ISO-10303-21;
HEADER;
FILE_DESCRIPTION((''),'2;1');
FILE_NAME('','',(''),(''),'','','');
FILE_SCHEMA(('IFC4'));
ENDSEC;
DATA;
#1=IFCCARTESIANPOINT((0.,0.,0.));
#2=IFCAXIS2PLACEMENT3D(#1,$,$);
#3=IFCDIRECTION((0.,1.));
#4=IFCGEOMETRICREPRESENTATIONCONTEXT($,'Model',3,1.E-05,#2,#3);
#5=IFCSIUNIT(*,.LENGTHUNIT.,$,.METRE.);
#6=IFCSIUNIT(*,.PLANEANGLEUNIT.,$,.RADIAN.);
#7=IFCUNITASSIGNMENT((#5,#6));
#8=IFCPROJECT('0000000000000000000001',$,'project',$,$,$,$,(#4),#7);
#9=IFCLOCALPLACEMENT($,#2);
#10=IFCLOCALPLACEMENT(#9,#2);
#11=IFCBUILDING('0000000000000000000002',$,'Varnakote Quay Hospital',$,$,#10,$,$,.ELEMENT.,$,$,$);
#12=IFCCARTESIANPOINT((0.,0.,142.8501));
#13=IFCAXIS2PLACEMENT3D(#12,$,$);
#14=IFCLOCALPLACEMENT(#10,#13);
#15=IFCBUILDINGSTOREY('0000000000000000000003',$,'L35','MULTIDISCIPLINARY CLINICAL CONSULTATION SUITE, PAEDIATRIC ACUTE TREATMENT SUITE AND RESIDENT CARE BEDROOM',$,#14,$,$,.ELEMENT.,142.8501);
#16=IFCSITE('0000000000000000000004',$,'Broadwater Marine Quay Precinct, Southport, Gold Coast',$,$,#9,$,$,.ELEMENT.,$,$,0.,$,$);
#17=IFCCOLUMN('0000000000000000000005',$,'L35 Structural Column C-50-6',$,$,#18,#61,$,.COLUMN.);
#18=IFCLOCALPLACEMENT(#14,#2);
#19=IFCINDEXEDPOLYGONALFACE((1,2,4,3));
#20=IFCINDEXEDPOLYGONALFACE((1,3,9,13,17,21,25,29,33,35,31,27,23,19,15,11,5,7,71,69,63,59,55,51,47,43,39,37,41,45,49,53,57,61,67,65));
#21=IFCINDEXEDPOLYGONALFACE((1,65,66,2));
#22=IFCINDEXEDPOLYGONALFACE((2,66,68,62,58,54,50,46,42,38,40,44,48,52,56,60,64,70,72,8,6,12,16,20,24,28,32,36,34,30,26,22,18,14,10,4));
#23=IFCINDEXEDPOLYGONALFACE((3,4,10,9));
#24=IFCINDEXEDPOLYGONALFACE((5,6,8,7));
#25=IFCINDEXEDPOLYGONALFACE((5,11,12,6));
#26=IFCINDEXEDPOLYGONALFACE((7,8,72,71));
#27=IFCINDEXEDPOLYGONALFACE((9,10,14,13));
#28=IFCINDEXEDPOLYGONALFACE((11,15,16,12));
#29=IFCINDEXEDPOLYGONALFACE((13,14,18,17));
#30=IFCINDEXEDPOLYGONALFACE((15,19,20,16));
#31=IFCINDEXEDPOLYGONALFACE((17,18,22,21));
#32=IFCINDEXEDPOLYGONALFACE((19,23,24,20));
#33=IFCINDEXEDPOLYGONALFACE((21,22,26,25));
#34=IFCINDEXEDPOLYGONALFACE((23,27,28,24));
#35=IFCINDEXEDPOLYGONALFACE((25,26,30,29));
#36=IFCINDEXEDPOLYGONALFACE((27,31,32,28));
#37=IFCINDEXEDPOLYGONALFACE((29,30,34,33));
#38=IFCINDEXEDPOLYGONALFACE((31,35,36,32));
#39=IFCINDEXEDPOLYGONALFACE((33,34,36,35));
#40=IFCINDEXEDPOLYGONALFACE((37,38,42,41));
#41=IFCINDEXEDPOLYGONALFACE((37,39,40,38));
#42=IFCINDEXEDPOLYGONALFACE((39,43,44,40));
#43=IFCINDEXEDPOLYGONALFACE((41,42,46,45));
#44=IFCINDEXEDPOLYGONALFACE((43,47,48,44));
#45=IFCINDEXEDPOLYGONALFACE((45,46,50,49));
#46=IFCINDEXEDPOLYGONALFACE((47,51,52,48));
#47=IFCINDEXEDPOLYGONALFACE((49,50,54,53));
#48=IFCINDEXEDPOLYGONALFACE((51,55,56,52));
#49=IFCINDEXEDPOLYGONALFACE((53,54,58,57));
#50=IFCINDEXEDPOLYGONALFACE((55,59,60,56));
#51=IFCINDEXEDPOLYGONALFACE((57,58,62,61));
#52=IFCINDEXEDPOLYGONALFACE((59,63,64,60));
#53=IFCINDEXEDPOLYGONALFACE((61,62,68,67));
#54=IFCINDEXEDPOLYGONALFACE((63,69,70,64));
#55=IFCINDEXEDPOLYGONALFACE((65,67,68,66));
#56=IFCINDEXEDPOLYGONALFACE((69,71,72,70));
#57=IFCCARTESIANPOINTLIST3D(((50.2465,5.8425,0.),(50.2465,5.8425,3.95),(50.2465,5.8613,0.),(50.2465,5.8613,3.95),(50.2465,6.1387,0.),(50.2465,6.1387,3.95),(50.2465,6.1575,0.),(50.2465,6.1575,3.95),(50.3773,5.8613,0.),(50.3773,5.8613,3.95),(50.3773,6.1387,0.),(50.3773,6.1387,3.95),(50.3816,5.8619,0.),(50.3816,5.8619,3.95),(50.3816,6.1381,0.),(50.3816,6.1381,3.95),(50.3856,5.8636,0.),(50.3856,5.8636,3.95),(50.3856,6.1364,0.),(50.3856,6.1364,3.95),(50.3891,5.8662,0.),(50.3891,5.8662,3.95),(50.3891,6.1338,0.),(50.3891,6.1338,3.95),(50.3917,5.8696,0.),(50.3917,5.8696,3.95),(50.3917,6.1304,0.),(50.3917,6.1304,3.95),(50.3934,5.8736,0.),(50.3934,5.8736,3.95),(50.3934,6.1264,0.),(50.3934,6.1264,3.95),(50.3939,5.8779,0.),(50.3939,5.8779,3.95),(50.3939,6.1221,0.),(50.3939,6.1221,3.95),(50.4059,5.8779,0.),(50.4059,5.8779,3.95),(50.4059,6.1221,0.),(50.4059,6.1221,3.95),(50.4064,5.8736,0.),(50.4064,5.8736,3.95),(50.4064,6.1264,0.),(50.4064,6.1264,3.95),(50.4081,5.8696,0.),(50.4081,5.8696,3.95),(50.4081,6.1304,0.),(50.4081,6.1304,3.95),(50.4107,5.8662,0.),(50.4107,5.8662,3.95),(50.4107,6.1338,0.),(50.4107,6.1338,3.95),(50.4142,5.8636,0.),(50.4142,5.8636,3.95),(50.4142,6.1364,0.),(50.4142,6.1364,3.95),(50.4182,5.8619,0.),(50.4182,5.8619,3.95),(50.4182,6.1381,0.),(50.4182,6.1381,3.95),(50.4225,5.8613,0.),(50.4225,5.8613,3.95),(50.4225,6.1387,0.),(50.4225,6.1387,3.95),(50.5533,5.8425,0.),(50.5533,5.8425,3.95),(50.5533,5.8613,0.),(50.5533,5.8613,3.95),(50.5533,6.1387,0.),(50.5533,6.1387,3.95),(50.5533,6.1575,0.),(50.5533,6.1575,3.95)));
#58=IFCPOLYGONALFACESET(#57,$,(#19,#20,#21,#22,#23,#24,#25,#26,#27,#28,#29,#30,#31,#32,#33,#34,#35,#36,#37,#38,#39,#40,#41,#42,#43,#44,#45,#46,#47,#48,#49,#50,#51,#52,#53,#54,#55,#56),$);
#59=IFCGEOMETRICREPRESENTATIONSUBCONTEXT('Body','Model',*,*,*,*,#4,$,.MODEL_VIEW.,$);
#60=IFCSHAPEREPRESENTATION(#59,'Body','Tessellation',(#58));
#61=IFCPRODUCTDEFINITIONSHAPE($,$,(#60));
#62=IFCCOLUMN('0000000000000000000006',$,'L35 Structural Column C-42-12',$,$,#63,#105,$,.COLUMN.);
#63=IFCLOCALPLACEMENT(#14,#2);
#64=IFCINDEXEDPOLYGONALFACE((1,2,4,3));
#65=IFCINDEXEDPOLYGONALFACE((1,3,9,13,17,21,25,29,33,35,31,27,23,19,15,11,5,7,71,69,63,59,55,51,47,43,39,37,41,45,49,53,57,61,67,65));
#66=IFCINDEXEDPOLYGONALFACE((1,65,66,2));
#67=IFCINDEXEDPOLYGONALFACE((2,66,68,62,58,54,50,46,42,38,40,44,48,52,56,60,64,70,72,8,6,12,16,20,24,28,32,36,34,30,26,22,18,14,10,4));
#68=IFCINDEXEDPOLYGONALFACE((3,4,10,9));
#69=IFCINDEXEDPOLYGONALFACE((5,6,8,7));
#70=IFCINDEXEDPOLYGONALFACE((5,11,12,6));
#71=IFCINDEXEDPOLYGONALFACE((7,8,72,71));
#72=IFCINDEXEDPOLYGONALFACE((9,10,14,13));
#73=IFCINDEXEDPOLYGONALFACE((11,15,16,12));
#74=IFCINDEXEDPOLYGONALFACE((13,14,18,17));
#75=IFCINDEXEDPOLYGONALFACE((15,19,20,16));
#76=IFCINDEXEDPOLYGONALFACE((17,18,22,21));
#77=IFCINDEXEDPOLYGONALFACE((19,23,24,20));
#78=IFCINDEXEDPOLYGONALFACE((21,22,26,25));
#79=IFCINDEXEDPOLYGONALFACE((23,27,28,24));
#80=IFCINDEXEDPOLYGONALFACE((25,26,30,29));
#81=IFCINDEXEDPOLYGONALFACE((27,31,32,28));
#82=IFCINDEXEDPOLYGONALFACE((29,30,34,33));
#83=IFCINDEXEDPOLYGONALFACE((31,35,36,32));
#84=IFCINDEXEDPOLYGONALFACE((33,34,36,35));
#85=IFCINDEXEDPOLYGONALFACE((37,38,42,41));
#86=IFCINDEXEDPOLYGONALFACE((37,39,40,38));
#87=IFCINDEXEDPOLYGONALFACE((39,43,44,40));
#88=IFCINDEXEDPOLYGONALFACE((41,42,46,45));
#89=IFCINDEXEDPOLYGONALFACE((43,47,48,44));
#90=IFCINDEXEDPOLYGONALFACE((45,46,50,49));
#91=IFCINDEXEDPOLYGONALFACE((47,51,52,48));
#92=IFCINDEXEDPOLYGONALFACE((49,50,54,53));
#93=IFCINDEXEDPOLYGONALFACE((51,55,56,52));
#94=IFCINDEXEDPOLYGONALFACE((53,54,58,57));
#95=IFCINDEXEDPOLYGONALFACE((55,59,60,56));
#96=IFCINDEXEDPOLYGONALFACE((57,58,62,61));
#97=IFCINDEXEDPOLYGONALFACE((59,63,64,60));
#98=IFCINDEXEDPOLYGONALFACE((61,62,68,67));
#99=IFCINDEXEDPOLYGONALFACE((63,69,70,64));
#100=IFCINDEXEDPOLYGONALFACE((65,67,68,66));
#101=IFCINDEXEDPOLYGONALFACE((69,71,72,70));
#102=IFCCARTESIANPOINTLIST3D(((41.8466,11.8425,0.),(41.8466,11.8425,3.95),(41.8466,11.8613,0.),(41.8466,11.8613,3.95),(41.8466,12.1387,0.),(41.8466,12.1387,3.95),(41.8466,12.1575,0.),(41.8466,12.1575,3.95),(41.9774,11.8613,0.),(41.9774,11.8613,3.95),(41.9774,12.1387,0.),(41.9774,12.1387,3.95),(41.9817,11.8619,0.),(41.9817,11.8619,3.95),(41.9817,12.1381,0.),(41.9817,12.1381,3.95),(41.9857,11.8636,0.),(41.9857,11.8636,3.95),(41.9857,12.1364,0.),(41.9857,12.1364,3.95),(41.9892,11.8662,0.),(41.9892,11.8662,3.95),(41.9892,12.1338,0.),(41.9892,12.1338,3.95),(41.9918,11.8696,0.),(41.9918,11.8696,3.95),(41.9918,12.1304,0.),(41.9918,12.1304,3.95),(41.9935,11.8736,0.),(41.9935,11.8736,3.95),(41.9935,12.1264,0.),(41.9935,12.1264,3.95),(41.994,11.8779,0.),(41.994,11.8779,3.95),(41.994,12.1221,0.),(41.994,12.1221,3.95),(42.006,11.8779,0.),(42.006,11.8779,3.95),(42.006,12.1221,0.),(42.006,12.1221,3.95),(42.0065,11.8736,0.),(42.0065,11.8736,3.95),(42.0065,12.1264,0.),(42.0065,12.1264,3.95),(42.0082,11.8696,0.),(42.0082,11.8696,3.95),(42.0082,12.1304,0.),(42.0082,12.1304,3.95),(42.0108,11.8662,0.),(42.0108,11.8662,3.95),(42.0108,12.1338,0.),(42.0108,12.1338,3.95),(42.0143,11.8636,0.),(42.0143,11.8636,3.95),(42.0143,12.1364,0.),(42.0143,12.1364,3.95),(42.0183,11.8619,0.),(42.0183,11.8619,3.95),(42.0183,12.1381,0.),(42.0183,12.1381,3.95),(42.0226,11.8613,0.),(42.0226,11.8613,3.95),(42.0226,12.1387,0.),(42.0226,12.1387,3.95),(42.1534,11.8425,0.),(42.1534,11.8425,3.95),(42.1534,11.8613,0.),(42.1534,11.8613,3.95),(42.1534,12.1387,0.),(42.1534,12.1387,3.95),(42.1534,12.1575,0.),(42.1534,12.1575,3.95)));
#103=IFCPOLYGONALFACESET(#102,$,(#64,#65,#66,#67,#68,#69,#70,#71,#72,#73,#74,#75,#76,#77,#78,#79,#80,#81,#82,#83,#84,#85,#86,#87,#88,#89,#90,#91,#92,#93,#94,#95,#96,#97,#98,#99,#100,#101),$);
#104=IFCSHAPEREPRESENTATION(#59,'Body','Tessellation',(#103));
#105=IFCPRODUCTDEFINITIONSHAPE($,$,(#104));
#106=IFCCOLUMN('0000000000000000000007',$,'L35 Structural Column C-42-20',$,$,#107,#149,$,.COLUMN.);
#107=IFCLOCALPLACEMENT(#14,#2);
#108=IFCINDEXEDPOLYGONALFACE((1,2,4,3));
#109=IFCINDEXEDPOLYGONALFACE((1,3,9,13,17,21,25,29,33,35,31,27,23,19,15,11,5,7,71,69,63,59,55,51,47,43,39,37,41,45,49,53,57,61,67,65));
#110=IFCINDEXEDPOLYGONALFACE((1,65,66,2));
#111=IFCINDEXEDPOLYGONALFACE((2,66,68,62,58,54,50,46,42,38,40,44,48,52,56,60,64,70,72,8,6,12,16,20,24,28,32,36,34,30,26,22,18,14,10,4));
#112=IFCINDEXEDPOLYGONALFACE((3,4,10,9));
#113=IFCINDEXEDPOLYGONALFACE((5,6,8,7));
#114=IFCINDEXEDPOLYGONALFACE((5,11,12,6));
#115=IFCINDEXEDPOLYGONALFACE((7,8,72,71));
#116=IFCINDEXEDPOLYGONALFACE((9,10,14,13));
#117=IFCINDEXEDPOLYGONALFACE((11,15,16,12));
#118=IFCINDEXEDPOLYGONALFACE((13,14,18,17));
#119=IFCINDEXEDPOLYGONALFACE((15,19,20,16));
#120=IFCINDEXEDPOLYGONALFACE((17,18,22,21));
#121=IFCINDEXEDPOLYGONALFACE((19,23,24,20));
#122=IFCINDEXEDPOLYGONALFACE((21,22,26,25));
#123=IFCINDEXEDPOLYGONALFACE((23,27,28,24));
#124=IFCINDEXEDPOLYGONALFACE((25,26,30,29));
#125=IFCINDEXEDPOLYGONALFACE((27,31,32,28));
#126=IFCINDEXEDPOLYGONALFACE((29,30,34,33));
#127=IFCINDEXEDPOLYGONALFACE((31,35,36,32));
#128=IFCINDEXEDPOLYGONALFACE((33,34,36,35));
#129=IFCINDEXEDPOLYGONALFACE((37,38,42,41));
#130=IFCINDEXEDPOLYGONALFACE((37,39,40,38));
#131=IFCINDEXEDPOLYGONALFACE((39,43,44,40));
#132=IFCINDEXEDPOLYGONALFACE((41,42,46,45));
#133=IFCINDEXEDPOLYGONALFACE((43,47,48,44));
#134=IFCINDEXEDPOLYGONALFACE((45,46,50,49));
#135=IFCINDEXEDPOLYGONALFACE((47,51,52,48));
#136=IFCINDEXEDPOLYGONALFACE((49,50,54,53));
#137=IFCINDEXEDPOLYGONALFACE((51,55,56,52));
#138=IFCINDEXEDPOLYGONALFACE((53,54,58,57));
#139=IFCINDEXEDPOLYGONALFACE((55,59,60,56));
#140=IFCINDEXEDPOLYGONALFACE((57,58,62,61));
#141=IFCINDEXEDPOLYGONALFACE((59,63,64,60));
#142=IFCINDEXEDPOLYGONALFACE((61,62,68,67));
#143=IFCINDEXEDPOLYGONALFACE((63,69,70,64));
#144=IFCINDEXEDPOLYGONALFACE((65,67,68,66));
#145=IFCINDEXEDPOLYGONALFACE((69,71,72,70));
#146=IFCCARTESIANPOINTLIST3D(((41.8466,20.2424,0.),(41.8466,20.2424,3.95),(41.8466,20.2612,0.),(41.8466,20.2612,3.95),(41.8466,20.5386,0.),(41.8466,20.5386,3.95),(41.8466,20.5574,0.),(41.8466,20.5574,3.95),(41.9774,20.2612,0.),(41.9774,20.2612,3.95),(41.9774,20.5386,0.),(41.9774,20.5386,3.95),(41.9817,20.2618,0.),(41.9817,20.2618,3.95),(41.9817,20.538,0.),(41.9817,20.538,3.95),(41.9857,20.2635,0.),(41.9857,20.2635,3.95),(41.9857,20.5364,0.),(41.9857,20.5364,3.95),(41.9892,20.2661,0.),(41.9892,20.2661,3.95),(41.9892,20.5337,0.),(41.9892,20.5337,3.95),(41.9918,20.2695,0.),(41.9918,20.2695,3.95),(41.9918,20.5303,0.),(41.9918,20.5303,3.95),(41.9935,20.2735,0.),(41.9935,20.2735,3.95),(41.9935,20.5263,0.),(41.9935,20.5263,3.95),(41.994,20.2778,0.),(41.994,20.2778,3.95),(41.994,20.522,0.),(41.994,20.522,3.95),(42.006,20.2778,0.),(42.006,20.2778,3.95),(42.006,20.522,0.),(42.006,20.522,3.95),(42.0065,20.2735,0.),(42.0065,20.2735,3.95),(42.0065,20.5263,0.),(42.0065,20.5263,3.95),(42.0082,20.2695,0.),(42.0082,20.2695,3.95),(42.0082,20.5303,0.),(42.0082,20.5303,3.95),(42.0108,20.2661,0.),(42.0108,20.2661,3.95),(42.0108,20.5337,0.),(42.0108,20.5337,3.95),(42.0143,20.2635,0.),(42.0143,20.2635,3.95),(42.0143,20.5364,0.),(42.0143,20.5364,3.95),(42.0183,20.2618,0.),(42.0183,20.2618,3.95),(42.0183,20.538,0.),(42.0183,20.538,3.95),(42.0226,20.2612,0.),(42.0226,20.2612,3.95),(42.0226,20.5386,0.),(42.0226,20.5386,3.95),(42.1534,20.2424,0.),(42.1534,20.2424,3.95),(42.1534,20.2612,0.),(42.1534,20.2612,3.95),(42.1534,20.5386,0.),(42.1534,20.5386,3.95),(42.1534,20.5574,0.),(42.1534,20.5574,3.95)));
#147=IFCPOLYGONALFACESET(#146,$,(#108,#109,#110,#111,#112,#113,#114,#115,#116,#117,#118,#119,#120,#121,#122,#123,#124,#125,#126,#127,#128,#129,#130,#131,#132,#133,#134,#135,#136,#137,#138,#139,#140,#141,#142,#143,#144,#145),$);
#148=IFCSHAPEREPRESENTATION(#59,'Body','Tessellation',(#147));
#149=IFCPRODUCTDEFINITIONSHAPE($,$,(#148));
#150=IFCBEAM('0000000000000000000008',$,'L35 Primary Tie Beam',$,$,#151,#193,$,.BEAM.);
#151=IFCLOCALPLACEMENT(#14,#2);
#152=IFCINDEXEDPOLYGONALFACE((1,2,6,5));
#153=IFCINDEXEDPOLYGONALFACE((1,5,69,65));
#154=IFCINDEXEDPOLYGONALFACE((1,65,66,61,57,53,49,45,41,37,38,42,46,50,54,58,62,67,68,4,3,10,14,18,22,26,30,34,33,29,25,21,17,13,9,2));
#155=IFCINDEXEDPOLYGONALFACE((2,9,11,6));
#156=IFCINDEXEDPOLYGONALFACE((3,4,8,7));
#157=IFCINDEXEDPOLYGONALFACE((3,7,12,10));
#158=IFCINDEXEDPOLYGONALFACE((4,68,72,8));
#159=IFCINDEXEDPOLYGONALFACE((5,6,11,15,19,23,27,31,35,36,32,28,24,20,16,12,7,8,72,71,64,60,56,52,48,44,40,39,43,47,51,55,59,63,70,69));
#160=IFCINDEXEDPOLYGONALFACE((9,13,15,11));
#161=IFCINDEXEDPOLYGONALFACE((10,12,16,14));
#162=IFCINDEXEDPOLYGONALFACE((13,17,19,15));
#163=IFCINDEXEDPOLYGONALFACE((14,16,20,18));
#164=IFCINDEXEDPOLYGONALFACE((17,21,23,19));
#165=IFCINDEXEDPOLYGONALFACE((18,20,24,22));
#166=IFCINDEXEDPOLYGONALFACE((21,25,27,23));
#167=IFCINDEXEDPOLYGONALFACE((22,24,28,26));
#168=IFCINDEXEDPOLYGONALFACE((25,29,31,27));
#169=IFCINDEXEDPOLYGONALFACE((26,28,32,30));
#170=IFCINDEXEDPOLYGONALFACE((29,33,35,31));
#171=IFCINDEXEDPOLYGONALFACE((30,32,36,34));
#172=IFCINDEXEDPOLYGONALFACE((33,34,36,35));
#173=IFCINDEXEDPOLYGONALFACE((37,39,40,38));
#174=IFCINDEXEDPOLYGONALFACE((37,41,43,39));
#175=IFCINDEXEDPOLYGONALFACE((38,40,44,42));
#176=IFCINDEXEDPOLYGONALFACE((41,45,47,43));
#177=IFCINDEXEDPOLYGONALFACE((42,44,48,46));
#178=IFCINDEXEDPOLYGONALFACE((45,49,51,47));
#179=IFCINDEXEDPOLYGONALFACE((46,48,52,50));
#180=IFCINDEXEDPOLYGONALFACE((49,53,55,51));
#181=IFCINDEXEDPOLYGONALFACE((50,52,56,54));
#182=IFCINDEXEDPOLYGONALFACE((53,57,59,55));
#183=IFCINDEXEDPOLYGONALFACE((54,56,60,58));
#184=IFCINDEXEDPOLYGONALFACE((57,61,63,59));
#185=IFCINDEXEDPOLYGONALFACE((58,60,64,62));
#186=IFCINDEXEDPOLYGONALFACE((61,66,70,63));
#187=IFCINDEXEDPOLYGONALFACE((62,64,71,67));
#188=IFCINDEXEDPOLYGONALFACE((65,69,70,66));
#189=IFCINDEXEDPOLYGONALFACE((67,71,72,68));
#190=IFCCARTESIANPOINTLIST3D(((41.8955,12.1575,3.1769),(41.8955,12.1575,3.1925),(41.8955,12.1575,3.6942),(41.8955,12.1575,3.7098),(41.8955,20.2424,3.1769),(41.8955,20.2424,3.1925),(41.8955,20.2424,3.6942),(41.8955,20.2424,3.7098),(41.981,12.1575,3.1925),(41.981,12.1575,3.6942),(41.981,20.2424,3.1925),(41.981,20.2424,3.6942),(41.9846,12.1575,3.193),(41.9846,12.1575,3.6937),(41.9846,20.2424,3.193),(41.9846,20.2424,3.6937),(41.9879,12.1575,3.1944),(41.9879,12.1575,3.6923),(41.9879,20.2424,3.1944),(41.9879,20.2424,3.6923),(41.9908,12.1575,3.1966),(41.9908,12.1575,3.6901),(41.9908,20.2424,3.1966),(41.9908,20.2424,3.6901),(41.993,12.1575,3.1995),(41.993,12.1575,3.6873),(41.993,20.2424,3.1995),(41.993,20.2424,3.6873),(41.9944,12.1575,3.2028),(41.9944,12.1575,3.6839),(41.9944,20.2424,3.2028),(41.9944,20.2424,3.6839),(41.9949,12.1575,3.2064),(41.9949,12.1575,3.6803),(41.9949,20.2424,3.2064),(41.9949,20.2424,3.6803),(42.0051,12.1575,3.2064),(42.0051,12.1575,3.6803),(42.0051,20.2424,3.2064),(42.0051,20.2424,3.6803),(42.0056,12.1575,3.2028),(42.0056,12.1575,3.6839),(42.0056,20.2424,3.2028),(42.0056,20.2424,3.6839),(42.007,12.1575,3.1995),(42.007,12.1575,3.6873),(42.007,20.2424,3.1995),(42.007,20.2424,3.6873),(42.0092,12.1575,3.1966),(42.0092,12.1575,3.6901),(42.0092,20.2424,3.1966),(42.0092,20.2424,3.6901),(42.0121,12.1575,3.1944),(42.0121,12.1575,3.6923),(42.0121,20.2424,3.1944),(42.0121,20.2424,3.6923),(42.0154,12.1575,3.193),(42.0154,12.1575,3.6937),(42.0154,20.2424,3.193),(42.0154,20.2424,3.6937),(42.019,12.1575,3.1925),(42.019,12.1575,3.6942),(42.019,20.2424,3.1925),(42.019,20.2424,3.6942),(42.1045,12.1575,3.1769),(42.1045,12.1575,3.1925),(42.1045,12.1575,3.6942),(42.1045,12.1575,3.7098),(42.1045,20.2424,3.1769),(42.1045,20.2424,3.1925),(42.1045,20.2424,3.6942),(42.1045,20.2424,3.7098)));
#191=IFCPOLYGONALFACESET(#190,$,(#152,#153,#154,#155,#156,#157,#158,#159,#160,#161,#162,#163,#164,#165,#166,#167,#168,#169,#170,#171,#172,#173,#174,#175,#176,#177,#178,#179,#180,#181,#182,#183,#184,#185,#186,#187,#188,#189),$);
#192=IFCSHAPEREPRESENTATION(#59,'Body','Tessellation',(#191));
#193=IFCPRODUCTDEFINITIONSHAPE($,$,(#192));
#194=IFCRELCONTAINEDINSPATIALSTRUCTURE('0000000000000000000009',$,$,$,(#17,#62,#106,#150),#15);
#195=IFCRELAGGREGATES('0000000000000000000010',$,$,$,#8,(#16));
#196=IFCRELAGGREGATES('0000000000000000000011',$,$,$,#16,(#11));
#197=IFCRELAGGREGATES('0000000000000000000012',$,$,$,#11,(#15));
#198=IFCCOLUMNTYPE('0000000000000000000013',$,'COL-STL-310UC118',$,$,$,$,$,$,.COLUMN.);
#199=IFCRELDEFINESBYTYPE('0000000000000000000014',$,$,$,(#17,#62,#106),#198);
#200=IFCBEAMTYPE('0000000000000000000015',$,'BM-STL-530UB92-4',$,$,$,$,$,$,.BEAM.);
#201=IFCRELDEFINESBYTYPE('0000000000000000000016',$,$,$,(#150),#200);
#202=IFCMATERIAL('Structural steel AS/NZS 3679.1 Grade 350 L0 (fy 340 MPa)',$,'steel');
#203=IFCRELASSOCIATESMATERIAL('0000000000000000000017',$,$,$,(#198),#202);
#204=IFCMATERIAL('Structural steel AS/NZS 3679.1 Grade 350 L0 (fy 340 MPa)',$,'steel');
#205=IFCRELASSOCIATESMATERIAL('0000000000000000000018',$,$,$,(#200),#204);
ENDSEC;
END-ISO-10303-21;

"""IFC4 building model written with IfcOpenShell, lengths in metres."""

from ifc_helpers import new_model, si_unit, direction, frame, origin, origin_2d, place, context, subcontext, project, spatial, i_section, extrude, material, material_profile, profile_set, type_object, element, save


model = new_model("IFC4")

# Units and contexts
model_context = context("Model", 3, precision=1e-05, world=origin(), true_north=direction((0.0, 1.0)))
body_context = subcontext(model_context, "Body", "Model", "MODEL_VIEW")
ifc_project = project(units=[si_unit("LENGTHUNIT", "METRE"), si_unit("PLANEANGLEUNIT", "RADIAN")], contexts=[model_context])

# Site, building, storey
site_placement = place(None, origin())
site = spatial("IfcSite", under=ifc_project, at=site_placement, Name="Broadwater Marine Quay Precinct, Southport, Gold Coast", CompositionType="ELEMENT", RefElevation=0.0)
building_placement = place(site_placement, origin())
building = spatial("IfcBuilding", under=site, at=building_placement, Name="Varnakote Quay Hospital", CompositionType="ELEMENT")
storey_placement = place(building_placement, frame((0.0, 0.0, 142.8501)))
storey = spatial("IfcBuildingStorey", under=building, at=storey_placement, Name="L35", Description="MULTIDISCIPLINARY CLINICAL CONSULTATION SUITE, PAEDIATRIC ACUTE TREATMENT SUITE AND RESIDENT CARE BEDROOM", CompositionType="ELEMENT", Elevation=142.8501)

# Columns
ifc_material_1 = material(Name="Structural steel AS/NZS 3679.1 Grade 350 L0 (fy 340 MPa)", Category="steel")
ifc_material_profile_1 = material_profile(ifc_material_1, i_section(OverallWidth=0.3069, OverallDepth=0.3149, WebThickness=0.012, FlangeThickness=0.0188, FilletRadius=0.0166, at=origin_2d()), Name="310UC118")
ifc_profile_set_1 = profile_set([ifc_material_profile_1], Name="Structural steel AS/NZS 3679.1 Grade 350 L0 (fy 340 MPa)")
column_type = type_object("IfcColumnType", Name="COL-STL-310UC118", PredefinedType="COLUMN", material=ifc_profile_set_1)
for number, where, z_axis, x_axis, name in (
    (1, (50.3999, 6.0, 0.0), (0.0, 0.0, 1.0), (1.0, 0.0, 0.0), "L35 Structural Column C-50-6"),
    (2, (42.0, 12.0, 0.0), (0.0, 0.0, 1.0), (1.0, 0.0, 0.0), "L35 Structural Column C-42-12"),
    (3, (42.0, 20.3999, 0.0), (0.0, 0.0, 1.0), (1.0, 0.0, 0.0), "L35 Structural Column C-42-20"),
):
    element("IfcColumn", number, at=place(storey_placement, frame(where, z_axis=z_axis, x_axis=x_axis)), inside=storey, type_object=column_type, Name=name, PredefinedType="COLUMN", context=body_context, shape_type="SweptSolid", body=[
        extrude(i_section(OverallWidth=0.3069, OverallDepth=0.3149, WebThickness=0.012, FlangeThickness=0.0188, FilletRadius=0.0166, at=origin_2d()), origin(), (0.0, 0.0, 1.0), 3.95),
    ])

# Beam
ifc_material_2 = material(Name="Structural steel AS/NZS 3679.1 Grade 350 L0 (fy 340 MPa)", Category="steel")
ifc_material_profile_2 = material_profile(ifc_material_2, i_section(OverallWidth=0.209, OverallDepth=0.533, WebThickness=0.0103, FlangeThickness=0.0156, FilletRadius=0.0139, at=origin_2d()), Name="530UB92.4")
ifc_profile_set_2 = profile_set([ifc_material_profile_2], Name="Structural steel AS/NZS 3679.1 Grade 350 L0 (fy 340 MPa)")
beam_type_1 = type_object("IfcBeamType", Name="BM-STL-530UB92-4", PredefinedType="BEAM", material=ifc_profile_set_2)
for number, where, z_axis, x_axis, name in (
    (4, (42.0, 12.1575, 3.4434), (0.0, 1.0, 0.0), (-1.0, 0.0, 0.0), "L35 Primary Tie Beam"),
):
    element("IfcBeam", number, at=place(storey_placement, frame(where, z_axis=z_axis, x_axis=x_axis)), inside=storey, type_object=beam_type_1, Name=name, PredefinedType="BEAM", context=body_context, shape_type="SweptSolid", body=[
        extrude(i_section(OverallWidth=0.209, OverallDepth=0.533, WebThickness=0.0103, FlangeThickness=0.0156, FilletRadius=0.0139, at=origin_2d()), origin(), (0.0, 0.0, 1.0), 8.085),
    ])

save(model, "model.ifc")
